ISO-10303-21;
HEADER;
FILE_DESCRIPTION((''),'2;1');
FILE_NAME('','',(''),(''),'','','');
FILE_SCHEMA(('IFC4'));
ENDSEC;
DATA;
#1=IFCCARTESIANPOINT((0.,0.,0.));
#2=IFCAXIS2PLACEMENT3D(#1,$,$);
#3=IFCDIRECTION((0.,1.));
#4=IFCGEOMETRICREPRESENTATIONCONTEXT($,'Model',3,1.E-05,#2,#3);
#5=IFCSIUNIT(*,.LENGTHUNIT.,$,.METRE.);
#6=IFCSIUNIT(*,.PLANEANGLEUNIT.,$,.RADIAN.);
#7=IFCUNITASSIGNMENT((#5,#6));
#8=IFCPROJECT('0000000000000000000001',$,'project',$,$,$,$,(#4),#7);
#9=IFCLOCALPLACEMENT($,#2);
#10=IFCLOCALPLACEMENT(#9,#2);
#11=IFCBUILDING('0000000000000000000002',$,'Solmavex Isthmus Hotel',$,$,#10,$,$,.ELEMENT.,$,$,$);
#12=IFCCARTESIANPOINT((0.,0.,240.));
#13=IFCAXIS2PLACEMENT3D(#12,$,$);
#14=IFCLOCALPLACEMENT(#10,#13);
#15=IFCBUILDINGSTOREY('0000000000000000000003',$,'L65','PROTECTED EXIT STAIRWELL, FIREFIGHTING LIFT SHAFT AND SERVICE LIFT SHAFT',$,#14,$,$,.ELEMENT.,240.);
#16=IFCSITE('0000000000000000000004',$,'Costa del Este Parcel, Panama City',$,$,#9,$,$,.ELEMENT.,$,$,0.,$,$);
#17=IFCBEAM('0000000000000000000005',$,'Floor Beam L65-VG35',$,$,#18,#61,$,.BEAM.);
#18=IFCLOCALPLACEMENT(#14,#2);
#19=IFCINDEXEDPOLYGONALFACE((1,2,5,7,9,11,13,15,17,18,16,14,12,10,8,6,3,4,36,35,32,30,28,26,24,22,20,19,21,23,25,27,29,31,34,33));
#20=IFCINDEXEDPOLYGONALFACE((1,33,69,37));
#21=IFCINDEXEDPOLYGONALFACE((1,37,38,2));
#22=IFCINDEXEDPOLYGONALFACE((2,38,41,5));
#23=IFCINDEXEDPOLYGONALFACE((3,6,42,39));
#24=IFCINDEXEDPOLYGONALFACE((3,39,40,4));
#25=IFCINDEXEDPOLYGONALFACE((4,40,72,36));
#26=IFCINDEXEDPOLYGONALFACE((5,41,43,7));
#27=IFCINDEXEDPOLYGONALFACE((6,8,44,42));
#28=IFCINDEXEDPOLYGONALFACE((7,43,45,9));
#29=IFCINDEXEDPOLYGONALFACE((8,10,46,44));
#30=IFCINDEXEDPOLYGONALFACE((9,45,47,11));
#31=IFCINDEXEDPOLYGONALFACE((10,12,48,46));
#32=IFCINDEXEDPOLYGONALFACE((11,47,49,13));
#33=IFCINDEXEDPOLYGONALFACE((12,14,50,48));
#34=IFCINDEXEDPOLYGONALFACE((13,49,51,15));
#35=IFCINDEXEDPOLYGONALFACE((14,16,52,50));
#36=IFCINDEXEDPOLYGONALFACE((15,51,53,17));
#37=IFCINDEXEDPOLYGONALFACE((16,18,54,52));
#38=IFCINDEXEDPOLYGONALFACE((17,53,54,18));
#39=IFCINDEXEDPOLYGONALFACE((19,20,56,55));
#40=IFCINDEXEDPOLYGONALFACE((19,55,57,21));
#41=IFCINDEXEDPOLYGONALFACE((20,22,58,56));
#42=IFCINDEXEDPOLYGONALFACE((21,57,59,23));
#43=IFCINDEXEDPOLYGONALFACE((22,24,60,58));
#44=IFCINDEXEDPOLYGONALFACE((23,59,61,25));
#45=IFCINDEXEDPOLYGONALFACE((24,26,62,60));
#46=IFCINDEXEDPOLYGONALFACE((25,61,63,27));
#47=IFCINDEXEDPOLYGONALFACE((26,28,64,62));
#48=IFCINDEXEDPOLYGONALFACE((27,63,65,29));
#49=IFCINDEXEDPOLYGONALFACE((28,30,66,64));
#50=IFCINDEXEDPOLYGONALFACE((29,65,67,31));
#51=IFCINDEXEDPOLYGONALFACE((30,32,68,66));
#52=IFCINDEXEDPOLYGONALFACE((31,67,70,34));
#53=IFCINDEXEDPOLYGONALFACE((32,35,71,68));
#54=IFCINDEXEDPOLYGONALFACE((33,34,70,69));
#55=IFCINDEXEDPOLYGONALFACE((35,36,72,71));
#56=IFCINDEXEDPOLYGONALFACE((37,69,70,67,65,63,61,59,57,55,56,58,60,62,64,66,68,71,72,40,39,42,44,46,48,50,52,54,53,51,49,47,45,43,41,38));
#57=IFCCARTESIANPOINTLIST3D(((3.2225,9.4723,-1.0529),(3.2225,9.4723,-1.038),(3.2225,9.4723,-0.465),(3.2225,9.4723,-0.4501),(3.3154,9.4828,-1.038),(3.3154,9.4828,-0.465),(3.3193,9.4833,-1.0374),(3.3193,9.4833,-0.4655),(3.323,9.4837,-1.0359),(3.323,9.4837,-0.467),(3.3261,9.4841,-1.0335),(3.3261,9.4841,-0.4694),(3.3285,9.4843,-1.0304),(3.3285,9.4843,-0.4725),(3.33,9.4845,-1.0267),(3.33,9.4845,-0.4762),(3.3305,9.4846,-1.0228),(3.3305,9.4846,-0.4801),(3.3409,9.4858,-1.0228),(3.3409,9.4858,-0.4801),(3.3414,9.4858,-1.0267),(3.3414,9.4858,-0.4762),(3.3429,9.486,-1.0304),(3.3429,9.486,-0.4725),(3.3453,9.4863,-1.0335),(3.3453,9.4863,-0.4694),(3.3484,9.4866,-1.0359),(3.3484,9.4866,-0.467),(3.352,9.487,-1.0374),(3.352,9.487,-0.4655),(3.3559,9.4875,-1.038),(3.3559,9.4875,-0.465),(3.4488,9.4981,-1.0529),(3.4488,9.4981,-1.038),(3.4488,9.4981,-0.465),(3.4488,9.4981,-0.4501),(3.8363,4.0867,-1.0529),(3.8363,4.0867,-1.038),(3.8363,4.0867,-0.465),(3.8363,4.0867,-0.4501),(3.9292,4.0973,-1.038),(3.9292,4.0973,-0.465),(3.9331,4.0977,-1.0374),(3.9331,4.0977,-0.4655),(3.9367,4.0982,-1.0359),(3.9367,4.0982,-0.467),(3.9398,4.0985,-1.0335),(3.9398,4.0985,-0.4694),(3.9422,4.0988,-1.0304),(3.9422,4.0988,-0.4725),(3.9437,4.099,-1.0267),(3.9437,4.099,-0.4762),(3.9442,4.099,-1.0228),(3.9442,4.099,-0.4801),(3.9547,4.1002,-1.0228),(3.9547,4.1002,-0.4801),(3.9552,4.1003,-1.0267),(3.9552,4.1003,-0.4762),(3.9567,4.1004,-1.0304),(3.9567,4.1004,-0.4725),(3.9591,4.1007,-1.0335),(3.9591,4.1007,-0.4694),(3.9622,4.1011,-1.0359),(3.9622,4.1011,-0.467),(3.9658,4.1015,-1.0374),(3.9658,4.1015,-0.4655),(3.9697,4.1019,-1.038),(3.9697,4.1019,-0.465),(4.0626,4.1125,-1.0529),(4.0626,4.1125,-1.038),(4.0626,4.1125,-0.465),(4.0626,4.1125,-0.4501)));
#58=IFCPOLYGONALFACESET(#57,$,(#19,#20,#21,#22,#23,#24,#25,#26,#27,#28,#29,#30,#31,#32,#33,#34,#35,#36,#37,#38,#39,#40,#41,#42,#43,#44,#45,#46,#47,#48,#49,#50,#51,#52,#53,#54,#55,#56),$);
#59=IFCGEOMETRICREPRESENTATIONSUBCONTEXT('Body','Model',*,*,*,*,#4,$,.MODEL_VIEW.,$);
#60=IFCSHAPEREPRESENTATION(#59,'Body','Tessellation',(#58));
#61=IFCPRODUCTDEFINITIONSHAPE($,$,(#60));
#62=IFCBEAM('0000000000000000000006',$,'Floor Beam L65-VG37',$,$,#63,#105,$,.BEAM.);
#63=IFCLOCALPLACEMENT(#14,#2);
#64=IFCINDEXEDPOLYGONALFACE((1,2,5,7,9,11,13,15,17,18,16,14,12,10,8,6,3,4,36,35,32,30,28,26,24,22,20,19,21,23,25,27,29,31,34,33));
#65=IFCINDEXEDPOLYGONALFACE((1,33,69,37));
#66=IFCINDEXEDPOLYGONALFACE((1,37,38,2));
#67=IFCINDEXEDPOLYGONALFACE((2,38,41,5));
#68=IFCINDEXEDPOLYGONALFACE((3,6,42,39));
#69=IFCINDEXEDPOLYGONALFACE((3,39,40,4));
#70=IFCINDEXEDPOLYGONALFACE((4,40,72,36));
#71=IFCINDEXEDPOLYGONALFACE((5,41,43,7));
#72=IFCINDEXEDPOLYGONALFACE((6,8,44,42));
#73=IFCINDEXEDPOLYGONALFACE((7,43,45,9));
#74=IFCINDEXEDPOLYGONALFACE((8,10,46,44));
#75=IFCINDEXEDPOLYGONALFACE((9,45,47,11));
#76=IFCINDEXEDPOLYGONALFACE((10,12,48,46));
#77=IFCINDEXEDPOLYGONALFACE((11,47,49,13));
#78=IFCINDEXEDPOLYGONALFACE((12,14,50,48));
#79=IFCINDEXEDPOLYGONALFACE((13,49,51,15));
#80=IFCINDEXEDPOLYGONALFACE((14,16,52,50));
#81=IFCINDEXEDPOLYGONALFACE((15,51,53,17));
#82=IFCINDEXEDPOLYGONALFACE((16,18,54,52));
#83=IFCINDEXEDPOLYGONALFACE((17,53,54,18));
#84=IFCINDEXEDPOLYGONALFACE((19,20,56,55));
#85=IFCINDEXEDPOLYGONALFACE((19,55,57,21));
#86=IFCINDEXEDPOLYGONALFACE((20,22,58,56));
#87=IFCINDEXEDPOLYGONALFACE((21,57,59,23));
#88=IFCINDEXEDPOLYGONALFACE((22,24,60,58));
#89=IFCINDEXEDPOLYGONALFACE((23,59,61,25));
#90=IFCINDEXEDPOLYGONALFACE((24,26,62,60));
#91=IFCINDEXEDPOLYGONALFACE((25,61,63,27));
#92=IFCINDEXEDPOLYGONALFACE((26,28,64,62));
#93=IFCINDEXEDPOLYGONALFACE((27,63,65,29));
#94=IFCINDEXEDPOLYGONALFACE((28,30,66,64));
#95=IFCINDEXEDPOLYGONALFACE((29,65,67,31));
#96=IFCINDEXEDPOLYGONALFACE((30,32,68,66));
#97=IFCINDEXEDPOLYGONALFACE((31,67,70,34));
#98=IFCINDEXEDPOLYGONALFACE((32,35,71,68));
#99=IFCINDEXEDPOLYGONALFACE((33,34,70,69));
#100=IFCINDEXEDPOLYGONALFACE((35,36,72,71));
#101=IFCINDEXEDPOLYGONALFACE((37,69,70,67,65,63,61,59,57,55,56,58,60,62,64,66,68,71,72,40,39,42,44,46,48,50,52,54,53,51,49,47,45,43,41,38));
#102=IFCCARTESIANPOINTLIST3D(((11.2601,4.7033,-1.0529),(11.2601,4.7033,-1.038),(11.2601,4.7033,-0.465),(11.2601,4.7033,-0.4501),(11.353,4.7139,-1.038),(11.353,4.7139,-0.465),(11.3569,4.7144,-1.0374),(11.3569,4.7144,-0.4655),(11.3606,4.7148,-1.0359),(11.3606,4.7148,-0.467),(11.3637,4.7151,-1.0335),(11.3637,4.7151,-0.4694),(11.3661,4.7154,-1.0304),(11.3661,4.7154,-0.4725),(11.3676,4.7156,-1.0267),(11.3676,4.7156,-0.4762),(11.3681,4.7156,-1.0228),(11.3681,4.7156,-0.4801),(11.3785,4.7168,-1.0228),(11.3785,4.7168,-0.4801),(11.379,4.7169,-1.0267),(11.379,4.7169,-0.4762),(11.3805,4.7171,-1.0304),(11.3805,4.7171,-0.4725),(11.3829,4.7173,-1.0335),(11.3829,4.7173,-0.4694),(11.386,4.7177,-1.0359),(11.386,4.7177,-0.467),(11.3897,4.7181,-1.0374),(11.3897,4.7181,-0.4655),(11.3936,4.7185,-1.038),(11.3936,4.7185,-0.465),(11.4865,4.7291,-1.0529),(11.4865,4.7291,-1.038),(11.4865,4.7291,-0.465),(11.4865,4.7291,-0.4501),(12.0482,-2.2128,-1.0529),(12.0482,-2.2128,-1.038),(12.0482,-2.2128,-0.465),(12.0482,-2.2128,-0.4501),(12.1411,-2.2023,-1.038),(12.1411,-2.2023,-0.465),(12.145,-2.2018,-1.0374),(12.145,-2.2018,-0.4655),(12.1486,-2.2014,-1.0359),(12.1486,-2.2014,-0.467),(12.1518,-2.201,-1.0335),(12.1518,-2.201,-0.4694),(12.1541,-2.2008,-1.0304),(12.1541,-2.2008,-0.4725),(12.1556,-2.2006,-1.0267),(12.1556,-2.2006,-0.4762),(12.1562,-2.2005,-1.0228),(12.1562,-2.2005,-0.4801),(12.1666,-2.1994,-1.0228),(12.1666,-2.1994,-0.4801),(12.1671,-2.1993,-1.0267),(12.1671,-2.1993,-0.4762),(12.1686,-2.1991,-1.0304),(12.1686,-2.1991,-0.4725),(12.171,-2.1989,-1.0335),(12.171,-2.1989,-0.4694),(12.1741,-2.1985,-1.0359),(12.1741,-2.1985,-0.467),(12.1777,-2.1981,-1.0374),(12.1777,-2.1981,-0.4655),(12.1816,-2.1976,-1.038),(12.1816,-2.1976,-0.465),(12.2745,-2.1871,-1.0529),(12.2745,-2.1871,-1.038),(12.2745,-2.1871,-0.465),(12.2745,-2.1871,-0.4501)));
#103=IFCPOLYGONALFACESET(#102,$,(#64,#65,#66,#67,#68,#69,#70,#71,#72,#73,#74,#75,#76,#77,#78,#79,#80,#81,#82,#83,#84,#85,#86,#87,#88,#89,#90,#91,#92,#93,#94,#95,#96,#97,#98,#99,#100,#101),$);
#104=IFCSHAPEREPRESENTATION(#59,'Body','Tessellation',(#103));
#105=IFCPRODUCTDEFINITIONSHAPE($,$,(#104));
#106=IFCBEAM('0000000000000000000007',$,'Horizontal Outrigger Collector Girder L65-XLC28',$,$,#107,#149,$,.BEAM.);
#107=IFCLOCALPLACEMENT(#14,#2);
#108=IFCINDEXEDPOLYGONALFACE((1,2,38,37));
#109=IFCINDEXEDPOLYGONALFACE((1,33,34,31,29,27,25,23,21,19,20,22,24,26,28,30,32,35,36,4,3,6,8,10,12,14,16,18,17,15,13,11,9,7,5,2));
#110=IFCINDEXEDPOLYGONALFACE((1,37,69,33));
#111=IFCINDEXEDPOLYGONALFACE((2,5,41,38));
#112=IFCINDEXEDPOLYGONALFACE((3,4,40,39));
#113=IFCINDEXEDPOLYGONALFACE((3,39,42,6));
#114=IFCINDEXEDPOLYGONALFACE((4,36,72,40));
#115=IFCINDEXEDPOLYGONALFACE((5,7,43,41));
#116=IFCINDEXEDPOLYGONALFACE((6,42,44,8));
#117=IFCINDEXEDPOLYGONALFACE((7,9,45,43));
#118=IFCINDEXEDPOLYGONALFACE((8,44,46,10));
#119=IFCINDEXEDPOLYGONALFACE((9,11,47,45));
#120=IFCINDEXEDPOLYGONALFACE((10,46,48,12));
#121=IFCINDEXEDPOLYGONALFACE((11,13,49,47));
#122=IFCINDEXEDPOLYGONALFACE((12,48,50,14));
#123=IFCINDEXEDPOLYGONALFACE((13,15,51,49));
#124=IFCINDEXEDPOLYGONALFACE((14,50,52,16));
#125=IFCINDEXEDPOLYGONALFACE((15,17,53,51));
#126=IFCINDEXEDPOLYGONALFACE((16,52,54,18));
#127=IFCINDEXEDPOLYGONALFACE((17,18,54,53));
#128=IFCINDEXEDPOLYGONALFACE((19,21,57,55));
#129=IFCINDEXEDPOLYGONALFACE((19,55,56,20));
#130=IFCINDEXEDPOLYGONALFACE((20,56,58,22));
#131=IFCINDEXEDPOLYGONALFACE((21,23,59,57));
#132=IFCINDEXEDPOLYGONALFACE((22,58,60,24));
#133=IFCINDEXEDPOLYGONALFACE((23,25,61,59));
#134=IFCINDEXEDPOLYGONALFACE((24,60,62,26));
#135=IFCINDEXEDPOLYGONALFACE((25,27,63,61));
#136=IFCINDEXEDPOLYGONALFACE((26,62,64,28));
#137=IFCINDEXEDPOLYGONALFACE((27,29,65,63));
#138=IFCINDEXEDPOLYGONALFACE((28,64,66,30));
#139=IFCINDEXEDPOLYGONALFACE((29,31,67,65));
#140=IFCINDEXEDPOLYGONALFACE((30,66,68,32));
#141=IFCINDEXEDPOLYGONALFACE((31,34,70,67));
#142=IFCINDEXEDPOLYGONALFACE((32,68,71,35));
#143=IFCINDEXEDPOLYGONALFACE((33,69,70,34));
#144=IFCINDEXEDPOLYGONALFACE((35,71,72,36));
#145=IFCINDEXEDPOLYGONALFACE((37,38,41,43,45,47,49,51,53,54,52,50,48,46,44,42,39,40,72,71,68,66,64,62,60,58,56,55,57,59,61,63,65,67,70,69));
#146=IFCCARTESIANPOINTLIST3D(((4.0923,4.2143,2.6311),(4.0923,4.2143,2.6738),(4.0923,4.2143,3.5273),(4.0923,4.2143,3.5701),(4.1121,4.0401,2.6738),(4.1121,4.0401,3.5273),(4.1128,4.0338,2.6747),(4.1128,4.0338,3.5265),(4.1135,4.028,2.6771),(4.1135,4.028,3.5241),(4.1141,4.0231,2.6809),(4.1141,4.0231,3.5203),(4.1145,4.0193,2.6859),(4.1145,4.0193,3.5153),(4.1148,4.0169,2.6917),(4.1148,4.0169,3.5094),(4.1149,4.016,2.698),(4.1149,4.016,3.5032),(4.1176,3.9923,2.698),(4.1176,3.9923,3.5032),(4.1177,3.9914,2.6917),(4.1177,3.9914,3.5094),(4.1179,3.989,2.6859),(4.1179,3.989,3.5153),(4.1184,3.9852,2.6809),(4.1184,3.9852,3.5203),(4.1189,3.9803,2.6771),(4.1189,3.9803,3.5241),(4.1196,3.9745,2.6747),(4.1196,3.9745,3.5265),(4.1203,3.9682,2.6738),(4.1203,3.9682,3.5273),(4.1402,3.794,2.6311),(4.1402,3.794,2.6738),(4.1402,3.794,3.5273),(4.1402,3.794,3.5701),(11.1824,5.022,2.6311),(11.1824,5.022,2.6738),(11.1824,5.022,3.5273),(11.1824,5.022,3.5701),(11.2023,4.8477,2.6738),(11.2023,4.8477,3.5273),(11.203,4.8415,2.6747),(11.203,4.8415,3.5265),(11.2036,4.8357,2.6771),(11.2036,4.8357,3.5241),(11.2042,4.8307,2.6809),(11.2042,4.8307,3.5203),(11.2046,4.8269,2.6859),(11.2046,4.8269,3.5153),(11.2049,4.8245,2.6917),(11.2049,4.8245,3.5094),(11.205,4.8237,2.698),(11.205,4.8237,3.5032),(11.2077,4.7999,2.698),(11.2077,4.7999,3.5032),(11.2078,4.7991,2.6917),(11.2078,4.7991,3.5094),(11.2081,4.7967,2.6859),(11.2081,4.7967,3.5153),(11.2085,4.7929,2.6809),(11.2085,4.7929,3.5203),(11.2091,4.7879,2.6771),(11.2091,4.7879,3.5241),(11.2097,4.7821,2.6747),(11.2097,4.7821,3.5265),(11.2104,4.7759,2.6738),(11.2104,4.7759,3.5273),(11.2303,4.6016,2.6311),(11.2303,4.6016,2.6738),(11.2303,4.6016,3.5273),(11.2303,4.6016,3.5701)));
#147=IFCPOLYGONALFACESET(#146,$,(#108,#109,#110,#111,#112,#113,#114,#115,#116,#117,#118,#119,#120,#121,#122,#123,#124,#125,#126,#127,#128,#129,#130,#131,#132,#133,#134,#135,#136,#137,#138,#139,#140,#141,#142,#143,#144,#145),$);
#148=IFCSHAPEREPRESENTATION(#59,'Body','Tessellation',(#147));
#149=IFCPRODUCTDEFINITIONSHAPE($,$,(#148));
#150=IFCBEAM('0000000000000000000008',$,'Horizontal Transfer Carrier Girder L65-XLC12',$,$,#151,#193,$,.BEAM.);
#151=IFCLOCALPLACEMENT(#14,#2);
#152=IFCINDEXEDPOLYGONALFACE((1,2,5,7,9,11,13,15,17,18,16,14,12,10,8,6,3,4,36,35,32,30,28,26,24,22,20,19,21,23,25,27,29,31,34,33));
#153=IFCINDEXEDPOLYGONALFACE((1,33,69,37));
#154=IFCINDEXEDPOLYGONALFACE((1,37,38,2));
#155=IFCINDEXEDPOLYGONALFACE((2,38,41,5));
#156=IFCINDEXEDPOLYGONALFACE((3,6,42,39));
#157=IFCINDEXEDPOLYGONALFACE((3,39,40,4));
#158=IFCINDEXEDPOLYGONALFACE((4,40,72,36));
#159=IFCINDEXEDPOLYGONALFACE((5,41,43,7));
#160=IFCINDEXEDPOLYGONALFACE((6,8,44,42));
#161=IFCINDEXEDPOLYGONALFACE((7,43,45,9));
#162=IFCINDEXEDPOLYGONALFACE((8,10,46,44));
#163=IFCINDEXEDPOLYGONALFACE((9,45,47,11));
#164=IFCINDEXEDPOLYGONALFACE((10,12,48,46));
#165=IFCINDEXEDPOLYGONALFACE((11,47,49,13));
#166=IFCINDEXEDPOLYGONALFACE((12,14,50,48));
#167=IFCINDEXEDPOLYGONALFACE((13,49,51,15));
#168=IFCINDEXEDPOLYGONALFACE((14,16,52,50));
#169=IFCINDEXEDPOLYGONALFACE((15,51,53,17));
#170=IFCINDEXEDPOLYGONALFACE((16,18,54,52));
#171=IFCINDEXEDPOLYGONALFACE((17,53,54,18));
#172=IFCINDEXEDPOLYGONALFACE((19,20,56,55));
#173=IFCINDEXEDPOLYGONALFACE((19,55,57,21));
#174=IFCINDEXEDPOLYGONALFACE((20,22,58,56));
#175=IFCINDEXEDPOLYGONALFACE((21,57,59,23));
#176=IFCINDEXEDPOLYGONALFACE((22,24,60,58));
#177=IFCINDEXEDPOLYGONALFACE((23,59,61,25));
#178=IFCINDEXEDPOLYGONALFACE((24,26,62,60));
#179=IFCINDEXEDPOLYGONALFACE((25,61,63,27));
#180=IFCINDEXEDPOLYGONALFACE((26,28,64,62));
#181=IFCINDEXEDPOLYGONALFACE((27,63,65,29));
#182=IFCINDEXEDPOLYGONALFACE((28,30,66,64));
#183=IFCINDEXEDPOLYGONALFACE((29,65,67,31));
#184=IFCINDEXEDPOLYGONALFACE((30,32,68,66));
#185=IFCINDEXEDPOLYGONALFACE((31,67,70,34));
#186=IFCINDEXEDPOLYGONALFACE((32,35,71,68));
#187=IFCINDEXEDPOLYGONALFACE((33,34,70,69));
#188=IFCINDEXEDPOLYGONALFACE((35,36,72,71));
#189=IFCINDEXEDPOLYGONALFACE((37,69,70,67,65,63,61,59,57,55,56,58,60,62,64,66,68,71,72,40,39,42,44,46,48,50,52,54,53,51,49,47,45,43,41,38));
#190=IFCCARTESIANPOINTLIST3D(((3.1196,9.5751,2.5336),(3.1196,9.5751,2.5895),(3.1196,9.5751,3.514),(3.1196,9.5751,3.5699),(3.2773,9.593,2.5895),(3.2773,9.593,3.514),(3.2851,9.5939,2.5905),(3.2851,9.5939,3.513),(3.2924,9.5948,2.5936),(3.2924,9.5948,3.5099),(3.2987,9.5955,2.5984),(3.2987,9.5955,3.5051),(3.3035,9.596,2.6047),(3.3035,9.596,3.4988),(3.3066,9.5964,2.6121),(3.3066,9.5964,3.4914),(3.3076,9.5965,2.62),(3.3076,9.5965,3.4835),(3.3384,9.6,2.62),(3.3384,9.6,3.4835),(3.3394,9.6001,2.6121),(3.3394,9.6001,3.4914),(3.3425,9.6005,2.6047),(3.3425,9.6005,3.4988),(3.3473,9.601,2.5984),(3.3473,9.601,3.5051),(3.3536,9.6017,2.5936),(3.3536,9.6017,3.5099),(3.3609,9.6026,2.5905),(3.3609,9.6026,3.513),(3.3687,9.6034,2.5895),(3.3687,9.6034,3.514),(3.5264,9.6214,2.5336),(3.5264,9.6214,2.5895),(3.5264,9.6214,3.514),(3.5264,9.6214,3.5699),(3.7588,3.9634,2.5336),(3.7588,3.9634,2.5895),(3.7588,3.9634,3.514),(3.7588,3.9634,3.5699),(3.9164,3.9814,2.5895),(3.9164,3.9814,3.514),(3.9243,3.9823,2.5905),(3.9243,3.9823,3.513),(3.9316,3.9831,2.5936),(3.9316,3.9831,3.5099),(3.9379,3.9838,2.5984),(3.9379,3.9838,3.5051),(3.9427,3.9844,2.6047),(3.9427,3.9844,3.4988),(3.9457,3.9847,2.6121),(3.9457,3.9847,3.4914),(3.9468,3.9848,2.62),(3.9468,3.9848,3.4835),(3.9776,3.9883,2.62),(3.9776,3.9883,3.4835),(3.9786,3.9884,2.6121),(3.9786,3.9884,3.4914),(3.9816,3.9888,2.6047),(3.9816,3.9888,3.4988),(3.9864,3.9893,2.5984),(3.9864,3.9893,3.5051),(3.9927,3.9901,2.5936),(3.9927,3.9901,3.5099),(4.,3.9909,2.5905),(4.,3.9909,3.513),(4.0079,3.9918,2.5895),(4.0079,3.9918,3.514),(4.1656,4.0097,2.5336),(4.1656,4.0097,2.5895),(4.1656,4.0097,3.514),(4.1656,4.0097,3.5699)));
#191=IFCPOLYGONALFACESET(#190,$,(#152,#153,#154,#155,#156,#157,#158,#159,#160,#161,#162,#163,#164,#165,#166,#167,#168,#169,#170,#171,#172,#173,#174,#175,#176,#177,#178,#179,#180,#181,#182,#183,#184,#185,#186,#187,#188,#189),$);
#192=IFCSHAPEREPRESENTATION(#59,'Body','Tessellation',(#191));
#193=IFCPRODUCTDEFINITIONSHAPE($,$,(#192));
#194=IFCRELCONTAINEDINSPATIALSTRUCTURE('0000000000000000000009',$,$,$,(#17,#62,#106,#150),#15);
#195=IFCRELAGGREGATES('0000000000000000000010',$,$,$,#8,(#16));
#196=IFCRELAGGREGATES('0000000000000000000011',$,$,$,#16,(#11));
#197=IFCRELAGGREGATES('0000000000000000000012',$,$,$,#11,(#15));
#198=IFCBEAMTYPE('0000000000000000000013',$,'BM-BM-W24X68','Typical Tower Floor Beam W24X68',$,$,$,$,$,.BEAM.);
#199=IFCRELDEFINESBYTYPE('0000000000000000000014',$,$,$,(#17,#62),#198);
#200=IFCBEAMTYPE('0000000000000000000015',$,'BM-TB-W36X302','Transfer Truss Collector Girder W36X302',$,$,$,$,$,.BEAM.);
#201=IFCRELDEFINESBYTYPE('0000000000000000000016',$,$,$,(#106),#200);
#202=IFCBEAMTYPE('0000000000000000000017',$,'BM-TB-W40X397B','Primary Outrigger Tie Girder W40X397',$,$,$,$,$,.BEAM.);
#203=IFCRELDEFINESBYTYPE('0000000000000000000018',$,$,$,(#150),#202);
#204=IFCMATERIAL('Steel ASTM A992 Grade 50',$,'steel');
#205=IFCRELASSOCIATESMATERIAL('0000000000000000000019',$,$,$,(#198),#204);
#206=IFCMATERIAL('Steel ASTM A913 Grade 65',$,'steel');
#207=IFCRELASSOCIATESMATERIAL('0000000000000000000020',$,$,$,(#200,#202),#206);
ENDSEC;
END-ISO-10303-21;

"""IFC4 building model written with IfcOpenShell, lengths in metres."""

from ifc_helpers import new_model, si_unit, direction, frame, origin, origin_2d, place, context, subcontext, project, spatial, i_section, extrude, material, material_profile, profile_set, type_object, element, save


model = new_model("IFC4")

# Units and contexts
model_context = context("Model", 3, precision=1e-05, world=origin(), true_north=direction((0.0, 1.0)))
body_context = subcontext(model_context, "Body", "Model", "MODEL_VIEW")
ifc_project = project(units=[si_unit("LENGTHUNIT", "METRE"), si_unit("PLANEANGLEUNIT", "RADIAN")], contexts=[model_context])

# Site, building, storey
site_placement = place(None, origin())
site = spatial("IfcSite", under=ifc_project, at=site_placement, Name="Costa del Este Parcel, Panama City", CompositionType="ELEMENT", RefElevation=0.0)
building_placement = place(site_placement, origin())
building = spatial("IfcBuilding", under=site, at=building_placement, Name="Solmavex Isthmus Hotel", CompositionType="ELEMENT")
storey_placement = place(building_placement, frame((0.0, 0.0, 240.0)))
storey = spatial("IfcBuildingStorey", under=building, at=storey_placement, Name="L65", Description="PROTECTED EXIT STAIRWELL, FIREFIGHTING LIFT SHAFT AND SERVICE LIFT SHAFT", CompositionType="ELEMENT", Elevation=240.0)

# Shared definitions
ifc_material_1 = material(Name="Steel ASTM A913 Grade 65", Category="steel")

# Beams
ifc_material_2 = material(Name="Steel ASTM A992 Grade 50", Category="steel")
ifc_material_profile_1 = material_profile(ifc_material_2, i_section(OverallWidth=0.2278, OverallDepth=0.6028, WebThickness=0.0105, FlangeThickness=0.0149, FilletRadius=0.0151, at=origin_2d()), Name="W24X68")
ifc_profile_set_1 = profile_set([ifc_material_profile_1], Name="Steel ASTM A992 Grade 50")
beam_type_1 = type_object("IfcBeamType", Name="BM-BM-W24X68", Description="Typical Tower Floor Beam W24X68", PredefinedType="BEAM", material=ifc_profile_set_1)
beam_1_placement = place(storey_placement, frame((3.9495, 4.0996, -0.7515), z_axis=(-0.113234, 0.993568, 0.0), x_axis=(-0.993568, -0.113234, 0.0)))
element("IfcBeam", 1, at=beam_1_placement, inside=storey, type_object=beam_type_1, Name="Floor Beam L65-VG35", PredefinedType="BEAM", context=body_context, shape_type="SweptSolid", body=[
    extrude(i_section(OverallWidth=0.2278, OverallDepth=0.6028, WebThickness=0.0105, FlangeThickness=0.0149, FilletRadius=0.0151, at=origin_2d()), origin(), (0.0, 0.0, 1.0), 5.4204),
])
beam_2_placement = place(storey_placement, frame((12.1614, -2.2, -0.7515), z_axis=(-0.113214, 0.993571, 0.0), x_axis=(-0.993571, -0.113214, 0.0)))
element("IfcBeam", 2, at=beam_2_placement, inside=storey, type_object=beam_type_1, Name="Floor Beam L65-VG37", PredefinedType="BEAM", context=body_context, shape_type="SweptSolid", body=[
    extrude(i_section(OverallWidth=0.2278, OverallDepth=0.6028, WebThickness=0.0105, FlangeThickness=0.0149, FilletRadius=0.0151, at=origin_2d()), origin(), (0.0, 0.0, 1.0), 6.9609),
])
ifc_material_profile_2 = material_profile(ifc_material_1, i_section(OverallWidth=0.4231, OverallDepth=0.939, WebThickness=0.0239, FlangeThickness=0.0427, FilletRadius=0.0242, at=origin_2d()), Name="W36X302")
ifc_profile_set_2 = profile_set([ifc_material_profile_2], Name="Steel ASTM A913 Grade 65")
beam_type_2 = type_object("IfcBeamType", Name="BM-TB-W36X302", Description="Transfer Truss Collector Girder W36X302", PredefinedType="BEAM", material=ifc_profile_set_2)
beam_3_placement = place(storey_placement, frame((4.1162, 4.0042, 3.1006), z_axis=(0.993575, 0.113176, 0.0), x_axis=(-0.113176, 0.993575, 0.0)))
element("IfcBeam", 3, at=beam_3_placement, inside=storey, type_object=beam_type_2, Name="Horizontal Outrigger Collector Girder L65-XLC28", PredefinedType="BEAM", context=body_context, shape_type="SweptSolid", body=[
    extrude(i_section(OverallWidth=0.4231, OverallDepth=0.939, WebThickness=0.0239, FlangeThickness=0.0427, FilletRadius=0.0242, at=origin_2d()), origin(), (0.0, 0.0, 1.0), 7.136),
])
ifc_material_profile_3 = material_profile(ifc_material_1, i_section(OverallWidth=0.4094, OverallDepth=1.0364, WebThickness=0.031, FlangeThickness=0.0559, FilletRadius=0.0305, at=origin_2d()), Name="W40X397")
ifc_profile_set_3 = profile_set([ifc_material_profile_3], Name="Steel ASTM A913 Grade 65")
beam_type_3 = type_object("IfcBeamType", Name="BM-TB-W40X397B", Description="Primary Outrigger Tie Girder W40X397", PredefinedType="BEAM", material=ifc_profile_set_3)
beam_4_placement = place(storey_placement, frame((3.9622, 3.9866, 3.0518), z_axis=(-0.113169, 0.993576, 0.0), x_axis=(-0.993576, -0.113169, 0.0)))
element("IfcBeam", 4, at=beam_4_placement, inside=storey, type_object=beam_type_3, Name="Horizontal Transfer Carrier Girder L65-XLC12", PredefinedType="BEAM", context=body_context, shape_type="SweptSolid", body=[
    extrude(i_section(OverallWidth=0.4094, OverallDepth=1.0364, WebThickness=0.031, FlangeThickness=0.0559, FilletRadius=0.0305, at=origin_2d()), origin(), (0.0, 0.0, 1.0), 5.6479),
])

save(model, "model.ifc")
